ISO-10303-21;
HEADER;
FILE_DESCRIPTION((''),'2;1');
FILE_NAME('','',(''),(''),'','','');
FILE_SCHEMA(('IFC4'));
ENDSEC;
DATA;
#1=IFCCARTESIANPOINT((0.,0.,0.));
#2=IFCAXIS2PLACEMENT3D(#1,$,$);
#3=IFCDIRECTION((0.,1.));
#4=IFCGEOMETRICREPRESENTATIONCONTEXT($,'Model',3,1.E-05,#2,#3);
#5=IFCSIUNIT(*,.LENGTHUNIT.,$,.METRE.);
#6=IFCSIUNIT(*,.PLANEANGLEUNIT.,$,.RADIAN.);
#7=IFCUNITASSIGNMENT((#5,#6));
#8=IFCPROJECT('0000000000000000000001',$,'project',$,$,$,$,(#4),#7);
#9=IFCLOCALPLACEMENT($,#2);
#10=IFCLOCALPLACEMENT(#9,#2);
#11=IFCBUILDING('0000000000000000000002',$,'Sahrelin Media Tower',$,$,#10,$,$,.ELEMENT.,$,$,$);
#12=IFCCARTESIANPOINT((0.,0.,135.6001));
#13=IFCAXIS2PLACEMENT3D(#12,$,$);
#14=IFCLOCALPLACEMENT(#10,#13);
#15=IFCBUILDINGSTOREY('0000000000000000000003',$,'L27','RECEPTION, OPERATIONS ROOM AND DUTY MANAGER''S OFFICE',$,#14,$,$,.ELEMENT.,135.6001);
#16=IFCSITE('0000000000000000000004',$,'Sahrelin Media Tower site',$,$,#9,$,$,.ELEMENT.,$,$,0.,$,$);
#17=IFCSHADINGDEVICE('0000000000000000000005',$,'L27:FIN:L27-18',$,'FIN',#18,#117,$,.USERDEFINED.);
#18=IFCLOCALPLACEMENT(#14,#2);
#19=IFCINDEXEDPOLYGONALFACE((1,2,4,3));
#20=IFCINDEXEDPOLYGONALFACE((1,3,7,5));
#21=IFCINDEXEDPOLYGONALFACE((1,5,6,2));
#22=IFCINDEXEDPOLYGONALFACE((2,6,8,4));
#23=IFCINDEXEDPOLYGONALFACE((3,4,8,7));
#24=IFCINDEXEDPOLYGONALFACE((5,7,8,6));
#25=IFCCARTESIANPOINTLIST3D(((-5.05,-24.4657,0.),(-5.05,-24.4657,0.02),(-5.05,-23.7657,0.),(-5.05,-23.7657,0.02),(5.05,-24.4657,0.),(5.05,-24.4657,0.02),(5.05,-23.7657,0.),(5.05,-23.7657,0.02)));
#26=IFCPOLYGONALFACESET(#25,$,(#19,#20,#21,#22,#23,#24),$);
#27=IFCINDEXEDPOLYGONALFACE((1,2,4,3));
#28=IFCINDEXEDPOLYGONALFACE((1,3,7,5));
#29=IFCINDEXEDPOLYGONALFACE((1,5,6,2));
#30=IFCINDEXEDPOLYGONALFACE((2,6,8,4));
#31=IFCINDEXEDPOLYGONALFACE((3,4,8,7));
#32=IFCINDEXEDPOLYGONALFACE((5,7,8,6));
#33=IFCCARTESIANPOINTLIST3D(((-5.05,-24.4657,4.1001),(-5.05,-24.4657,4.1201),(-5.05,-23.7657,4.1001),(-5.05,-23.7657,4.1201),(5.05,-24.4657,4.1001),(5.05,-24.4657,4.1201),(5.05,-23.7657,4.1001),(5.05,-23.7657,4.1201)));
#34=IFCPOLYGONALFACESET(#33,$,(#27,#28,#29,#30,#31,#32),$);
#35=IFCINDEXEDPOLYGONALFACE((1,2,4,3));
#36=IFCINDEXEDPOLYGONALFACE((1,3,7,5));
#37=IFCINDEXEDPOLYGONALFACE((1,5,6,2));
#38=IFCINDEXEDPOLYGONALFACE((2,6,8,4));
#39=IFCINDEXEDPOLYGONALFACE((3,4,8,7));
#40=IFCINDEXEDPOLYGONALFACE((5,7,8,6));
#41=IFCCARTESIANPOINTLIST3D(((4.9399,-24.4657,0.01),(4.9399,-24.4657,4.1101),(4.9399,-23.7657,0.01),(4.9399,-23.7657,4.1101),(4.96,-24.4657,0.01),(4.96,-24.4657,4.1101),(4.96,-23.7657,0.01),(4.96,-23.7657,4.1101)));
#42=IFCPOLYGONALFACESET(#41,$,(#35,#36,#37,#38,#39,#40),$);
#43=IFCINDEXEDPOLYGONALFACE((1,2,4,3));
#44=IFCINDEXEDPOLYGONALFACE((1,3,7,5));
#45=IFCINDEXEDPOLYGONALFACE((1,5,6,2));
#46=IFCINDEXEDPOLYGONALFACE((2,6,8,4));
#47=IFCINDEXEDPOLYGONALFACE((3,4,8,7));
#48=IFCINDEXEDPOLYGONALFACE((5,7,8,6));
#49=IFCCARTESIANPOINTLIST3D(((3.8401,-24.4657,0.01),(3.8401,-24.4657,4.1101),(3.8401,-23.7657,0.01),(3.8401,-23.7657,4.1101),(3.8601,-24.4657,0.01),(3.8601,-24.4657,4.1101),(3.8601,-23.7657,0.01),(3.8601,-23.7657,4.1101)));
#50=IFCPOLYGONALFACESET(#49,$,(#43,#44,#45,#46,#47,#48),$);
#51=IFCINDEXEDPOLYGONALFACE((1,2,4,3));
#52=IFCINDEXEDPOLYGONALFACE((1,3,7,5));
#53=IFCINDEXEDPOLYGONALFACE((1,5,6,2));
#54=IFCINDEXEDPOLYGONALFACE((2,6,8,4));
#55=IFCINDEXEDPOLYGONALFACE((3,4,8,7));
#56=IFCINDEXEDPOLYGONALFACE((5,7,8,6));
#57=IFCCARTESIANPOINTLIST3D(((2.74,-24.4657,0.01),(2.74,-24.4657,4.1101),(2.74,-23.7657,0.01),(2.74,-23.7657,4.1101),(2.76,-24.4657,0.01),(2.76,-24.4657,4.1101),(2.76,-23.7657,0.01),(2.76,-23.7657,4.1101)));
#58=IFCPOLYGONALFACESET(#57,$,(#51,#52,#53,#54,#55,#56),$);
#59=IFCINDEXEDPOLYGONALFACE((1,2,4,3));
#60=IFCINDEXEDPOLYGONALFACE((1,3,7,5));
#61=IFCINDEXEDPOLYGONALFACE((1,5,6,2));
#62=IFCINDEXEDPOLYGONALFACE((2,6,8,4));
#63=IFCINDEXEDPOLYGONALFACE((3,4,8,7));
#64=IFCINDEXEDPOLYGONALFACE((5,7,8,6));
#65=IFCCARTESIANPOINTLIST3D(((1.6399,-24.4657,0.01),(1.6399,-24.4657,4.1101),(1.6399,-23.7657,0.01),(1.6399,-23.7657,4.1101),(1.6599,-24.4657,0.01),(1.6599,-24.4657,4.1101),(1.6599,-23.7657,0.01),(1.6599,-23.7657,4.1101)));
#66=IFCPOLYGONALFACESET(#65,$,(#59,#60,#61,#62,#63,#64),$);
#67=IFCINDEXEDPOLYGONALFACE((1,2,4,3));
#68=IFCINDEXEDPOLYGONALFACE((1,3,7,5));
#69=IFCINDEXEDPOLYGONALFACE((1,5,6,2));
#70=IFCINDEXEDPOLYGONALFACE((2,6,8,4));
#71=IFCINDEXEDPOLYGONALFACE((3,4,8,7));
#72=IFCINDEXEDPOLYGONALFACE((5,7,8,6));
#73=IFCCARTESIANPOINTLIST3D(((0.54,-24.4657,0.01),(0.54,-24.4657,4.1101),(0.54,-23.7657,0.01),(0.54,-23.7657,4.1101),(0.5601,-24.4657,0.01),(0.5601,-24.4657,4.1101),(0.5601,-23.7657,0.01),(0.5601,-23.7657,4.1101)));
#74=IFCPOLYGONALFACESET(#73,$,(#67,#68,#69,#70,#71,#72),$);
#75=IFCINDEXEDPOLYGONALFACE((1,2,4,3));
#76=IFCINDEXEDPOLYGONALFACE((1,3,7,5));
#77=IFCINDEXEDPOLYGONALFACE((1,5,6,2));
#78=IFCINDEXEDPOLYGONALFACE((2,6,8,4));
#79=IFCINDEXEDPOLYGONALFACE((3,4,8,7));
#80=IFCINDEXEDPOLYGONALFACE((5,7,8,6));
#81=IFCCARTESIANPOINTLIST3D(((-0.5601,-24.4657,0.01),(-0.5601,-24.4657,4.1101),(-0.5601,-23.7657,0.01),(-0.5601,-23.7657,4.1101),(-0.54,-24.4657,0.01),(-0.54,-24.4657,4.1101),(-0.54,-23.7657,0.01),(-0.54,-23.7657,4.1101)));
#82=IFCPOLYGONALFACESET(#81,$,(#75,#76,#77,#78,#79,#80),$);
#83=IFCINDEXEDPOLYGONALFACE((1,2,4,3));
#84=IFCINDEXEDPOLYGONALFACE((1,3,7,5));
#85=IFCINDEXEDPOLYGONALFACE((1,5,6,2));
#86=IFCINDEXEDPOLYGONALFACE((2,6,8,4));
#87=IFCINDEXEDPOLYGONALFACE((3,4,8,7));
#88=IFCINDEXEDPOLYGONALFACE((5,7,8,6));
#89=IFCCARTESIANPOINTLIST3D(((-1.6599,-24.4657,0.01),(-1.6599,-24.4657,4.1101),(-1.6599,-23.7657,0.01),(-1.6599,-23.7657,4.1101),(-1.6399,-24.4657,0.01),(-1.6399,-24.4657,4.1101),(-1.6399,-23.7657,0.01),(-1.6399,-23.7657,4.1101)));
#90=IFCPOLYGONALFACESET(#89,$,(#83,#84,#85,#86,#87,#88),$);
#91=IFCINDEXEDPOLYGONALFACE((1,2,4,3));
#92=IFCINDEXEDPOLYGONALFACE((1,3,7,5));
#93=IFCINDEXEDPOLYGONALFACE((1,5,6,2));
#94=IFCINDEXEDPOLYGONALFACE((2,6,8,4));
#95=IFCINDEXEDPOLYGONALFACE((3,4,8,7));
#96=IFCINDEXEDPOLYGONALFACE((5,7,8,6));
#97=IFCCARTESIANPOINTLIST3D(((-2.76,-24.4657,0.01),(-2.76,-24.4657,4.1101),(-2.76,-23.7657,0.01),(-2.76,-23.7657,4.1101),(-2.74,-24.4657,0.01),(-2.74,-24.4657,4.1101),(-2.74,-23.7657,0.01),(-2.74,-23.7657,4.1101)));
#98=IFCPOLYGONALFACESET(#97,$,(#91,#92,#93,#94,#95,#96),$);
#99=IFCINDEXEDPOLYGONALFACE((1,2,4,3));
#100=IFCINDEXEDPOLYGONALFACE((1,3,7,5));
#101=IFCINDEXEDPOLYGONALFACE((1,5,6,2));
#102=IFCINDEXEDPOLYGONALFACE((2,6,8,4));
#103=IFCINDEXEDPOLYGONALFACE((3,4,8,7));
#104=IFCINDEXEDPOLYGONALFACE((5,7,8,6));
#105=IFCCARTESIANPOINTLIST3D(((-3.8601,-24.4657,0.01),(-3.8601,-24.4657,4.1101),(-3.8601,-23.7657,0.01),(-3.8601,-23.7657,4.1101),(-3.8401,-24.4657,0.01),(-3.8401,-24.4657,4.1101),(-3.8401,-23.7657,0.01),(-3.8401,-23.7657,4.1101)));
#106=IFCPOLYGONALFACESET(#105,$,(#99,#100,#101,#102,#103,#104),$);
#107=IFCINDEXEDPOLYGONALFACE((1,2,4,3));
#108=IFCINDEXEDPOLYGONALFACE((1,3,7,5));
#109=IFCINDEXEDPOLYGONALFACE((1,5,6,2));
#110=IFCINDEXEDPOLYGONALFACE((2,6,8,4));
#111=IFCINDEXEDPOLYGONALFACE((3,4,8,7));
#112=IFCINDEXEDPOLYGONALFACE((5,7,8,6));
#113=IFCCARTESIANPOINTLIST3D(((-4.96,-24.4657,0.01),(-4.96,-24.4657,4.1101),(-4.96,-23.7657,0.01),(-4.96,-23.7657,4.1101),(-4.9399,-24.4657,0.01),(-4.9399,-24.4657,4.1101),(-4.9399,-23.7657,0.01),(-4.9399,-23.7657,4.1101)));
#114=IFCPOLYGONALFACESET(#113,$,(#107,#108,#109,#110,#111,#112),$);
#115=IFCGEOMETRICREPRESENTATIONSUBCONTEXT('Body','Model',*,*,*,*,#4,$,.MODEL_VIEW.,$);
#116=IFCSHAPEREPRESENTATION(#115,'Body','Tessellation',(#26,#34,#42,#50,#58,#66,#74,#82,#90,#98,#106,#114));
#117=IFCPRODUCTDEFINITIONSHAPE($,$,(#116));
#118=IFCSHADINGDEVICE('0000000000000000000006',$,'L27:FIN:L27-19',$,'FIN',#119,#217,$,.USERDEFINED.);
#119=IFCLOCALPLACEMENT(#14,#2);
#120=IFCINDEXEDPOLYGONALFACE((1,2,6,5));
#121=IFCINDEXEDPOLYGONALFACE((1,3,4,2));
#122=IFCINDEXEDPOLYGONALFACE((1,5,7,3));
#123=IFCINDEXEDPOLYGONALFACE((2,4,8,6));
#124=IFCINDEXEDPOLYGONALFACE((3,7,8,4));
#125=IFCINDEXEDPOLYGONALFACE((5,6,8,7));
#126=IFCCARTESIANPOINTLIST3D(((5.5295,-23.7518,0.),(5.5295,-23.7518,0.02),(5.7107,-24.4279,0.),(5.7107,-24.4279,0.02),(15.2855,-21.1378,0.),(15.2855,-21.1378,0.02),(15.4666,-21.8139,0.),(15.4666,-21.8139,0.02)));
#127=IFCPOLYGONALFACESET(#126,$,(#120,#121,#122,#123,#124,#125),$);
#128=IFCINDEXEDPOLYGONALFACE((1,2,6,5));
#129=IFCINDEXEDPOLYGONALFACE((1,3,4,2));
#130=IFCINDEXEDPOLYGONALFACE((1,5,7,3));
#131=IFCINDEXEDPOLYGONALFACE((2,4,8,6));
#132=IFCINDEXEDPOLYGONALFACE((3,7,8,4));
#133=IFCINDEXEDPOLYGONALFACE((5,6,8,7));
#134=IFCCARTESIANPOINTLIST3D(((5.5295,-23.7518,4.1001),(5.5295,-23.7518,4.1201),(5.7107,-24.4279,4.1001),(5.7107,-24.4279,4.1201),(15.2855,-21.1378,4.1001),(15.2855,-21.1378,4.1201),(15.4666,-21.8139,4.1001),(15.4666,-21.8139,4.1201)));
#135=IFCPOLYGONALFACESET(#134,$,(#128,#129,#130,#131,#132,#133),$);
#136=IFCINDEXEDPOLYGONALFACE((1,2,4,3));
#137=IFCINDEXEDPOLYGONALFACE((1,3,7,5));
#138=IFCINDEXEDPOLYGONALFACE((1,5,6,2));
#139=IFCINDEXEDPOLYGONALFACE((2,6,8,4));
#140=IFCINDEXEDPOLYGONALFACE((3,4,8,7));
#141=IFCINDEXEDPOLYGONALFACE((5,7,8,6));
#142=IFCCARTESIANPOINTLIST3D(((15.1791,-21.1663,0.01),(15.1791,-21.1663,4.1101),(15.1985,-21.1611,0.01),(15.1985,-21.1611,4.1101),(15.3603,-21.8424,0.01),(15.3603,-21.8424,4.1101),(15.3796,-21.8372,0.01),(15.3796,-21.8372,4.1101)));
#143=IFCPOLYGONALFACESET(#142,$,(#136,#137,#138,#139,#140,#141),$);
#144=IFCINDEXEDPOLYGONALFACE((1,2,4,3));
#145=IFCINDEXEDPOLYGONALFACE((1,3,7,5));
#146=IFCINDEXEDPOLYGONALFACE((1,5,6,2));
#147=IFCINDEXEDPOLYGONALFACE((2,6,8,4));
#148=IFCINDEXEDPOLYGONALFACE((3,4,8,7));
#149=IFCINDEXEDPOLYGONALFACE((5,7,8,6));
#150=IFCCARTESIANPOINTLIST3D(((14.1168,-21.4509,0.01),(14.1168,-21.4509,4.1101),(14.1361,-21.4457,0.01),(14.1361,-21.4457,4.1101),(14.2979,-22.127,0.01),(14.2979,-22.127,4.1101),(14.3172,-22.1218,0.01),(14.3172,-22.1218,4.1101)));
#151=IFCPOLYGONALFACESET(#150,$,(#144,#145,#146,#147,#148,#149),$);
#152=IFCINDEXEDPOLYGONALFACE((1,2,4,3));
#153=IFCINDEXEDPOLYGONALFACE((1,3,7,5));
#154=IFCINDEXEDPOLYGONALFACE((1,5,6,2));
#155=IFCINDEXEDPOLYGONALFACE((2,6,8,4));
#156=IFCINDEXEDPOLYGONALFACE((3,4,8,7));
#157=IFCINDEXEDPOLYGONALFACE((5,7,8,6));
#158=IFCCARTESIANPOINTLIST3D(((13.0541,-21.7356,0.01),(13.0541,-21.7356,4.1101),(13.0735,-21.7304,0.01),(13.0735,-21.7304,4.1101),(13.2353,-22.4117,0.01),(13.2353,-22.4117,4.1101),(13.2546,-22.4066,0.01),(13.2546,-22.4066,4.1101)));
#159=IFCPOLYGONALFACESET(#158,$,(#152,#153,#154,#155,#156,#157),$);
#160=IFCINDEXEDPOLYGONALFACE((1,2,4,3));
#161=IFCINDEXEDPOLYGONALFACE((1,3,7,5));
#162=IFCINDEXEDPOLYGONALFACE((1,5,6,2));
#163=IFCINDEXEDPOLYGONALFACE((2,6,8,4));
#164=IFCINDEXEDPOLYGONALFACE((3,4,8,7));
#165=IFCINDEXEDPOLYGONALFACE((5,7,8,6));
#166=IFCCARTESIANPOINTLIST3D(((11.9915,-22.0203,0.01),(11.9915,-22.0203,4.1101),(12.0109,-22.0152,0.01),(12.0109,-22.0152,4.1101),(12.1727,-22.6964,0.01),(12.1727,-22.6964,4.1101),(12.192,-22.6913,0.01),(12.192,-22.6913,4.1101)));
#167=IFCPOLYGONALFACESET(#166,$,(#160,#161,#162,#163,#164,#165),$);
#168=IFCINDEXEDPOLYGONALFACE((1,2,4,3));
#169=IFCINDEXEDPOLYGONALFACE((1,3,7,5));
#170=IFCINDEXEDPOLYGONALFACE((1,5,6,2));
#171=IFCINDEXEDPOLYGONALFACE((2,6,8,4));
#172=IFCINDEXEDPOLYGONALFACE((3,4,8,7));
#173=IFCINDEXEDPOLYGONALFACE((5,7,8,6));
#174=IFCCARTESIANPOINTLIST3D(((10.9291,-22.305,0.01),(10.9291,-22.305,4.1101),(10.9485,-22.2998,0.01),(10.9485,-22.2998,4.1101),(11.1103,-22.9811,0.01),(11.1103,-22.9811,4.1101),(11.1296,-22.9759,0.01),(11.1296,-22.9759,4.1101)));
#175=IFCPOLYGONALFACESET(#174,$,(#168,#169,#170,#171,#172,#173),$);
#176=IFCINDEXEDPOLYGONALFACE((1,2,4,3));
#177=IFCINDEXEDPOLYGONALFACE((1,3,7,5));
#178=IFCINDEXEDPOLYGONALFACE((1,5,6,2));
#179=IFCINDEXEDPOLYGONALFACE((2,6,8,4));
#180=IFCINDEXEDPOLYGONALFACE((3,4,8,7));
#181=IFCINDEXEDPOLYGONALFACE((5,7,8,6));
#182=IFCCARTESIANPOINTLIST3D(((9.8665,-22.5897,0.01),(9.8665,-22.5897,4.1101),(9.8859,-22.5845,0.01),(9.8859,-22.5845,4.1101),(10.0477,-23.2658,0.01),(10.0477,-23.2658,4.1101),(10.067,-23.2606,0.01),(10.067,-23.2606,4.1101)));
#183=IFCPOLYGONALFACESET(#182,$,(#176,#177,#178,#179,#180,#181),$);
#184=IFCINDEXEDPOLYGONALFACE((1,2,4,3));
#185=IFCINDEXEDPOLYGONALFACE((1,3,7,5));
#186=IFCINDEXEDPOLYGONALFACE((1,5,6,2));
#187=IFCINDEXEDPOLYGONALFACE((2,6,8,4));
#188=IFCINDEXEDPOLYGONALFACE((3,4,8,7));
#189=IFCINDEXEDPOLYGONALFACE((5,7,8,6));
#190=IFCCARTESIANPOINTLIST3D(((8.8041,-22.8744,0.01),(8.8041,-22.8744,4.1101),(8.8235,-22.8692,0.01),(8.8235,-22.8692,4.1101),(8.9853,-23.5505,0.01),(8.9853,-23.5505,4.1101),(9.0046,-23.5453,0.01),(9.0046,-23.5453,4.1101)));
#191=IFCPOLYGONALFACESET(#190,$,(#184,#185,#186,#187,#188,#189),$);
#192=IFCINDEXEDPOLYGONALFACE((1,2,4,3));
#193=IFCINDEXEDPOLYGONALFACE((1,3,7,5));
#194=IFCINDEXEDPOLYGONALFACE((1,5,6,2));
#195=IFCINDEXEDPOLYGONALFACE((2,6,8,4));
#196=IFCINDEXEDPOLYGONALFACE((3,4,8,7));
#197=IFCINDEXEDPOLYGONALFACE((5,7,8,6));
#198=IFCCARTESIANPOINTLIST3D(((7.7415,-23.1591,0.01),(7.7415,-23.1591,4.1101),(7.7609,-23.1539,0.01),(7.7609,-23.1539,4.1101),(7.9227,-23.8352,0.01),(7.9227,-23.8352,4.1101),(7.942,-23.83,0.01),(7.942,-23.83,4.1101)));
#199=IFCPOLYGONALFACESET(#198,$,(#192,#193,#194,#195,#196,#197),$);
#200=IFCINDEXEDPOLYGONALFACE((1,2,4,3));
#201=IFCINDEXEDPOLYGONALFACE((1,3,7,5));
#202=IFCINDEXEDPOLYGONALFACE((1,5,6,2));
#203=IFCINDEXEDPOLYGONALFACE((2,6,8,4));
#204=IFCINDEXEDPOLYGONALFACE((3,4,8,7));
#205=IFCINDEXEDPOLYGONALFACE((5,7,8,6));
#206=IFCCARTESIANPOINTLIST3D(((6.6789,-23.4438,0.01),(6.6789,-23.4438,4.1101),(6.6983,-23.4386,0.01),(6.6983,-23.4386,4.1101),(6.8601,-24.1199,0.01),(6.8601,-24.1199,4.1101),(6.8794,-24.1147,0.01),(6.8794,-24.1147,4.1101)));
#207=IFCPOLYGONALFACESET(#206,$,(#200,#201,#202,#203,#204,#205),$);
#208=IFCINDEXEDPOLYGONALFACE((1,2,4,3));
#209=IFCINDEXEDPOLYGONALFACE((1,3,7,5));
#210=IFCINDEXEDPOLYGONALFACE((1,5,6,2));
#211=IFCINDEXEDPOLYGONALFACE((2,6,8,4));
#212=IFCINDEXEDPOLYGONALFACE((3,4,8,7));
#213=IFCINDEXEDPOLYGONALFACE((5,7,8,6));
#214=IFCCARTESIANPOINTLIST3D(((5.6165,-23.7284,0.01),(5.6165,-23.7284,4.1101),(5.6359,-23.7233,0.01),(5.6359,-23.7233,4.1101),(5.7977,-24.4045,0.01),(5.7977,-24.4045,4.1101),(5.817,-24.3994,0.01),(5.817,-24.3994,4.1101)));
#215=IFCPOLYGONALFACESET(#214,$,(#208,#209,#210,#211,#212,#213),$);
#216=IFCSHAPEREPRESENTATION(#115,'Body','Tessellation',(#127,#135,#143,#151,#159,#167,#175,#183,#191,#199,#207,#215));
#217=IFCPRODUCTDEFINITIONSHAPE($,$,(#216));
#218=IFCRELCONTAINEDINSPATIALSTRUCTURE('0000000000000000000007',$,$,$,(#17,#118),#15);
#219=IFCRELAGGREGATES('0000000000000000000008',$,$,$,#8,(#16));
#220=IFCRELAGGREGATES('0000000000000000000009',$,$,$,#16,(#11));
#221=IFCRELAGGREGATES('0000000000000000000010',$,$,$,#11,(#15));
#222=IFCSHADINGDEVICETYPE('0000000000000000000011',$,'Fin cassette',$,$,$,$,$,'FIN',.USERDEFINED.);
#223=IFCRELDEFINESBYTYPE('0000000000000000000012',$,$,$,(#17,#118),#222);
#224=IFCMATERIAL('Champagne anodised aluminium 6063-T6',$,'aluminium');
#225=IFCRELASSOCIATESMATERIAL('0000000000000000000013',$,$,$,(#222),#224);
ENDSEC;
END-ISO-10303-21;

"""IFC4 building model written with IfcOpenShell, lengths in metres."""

from ifc_helpers import new_model, si_unit, direction, frame, origin, origin_2d, place, context, subcontext, project, spatial, rectangle, extrude, material, type_object, element, save


model = new_model("IFC4")

# Units and contexts
model_context = context("Model", 3, precision=1e-05, world=origin(), true_north=direction((0.0, 1.0)))
body_context = subcontext(model_context, "Body", "Model", "MODEL_VIEW")
ifc_project = project(units=[si_unit("LENGTHUNIT", "METRE"), si_unit("PLANEANGLEUNIT", "RADIAN")], contexts=[model_context])

# Site, building, storey
site_placement = place(None, origin())
site = spatial("IfcSite", under=ifc_project, at=site_placement, Name="Sahrelin Media Tower site", CompositionType="ELEMENT", RefElevation=0.0)
building_placement = place(site_placement, origin())
building = spatial("IfcBuilding", under=site, at=building_placement, Name="Sahrelin Media Tower", CompositionType="ELEMENT")
storey_placement = place(building_placement, frame((0.0, 0.0, 135.6001)))
storey = spatial("IfcBuildingStorey", under=building, at=storey_placement, Name="L27", Description="RECEPTION, OPERATIONS ROOM AND DUTY MANAGER'S OFFICE", CompositionType="ELEMENT", Elevation=135.6001)

# Shared definitions
ifc_material_1 = material(Name="Champagne anodised aluminium 6063-T6", Category="aluminium")

# Shading devices
shading_device_type_1 = type_object("IfcShadingDeviceType", Name="Fin cassette", ElementType="FIN", PredefinedType="USERDEFINED", material=ifc_material_1)
placement_1 = place(storey_placement, frame((0.0, -23.6958, 0.0), z_axis=(0.0, 0.0, 1.0), x_axis=(-1.0, 0.0, 0.0)))
element("IfcShadingDevice", 1, at=placement_1, inside=storey, type_object=shading_device_type_1, Name="L27:FIN:L27-18", ObjectType="FIN", PredefinedType="USERDEFINED", context=body_context, shape_type="SweptSolid", body=[
    extrude(rectangle(XDim=10.1001, YDim=0.7, at=origin_2d()), frame((0.0, 0.4199, 0.0)), (0.0, 0.0, 1.0), 0.02),
    extrude(rectangle(XDim=10.1001, YDim=0.7, at=origin_2d()), frame((0.0, 0.4199, 4.1001)), (0.0, 0.0, 1.0), 0.02),
    extrude(rectangle(XDim=0.02, YDim=0.7, at=origin_2d()), frame((-4.95, 0.4199, 0.01), z_axis=(0.0, 0.0, 1.0), x_axis=(1.0, 0.0, 0.0)), (0.0, 0.0, 1.0), 4.1001),
    extrude(rectangle(XDim=0.02, YDim=0.7, at=origin_2d()), frame((-3.8501, 0.4199, 0.01), z_axis=(0.0, 0.0, 1.0), x_axis=(1.0, 0.0, 0.0)), (0.0, 0.0, 1.0), 4.1001),
    extrude(rectangle(XDim=0.02, YDim=0.7, at=origin_2d()), frame((-2.75, 0.4199, 0.01), z_axis=(0.0, 0.0, 1.0), x_axis=(1.0, 0.0, 0.0)), (0.0, 0.0, 1.0), 4.1001),
    extrude(rectangle(XDim=0.02, YDim=0.7, at=origin_2d()), frame((-1.6499, 0.4199, 0.01), z_axis=(0.0, 0.0, 1.0), x_axis=(1.0, 0.0, 0.0)), (0.0, 0.0, 1.0), 4.1001),
    extrude(rectangle(XDim=0.02, YDim=0.7, at=origin_2d()), frame((-0.55, 0.4199, 0.01), z_axis=(0.0, 0.0, 1.0), x_axis=(1.0, 0.0, 0.0)), (0.0, 0.0, 1.0), 4.1001),
    extrude(rectangle(XDim=0.02, YDim=0.7, at=origin_2d()), frame((0.55, 0.4199, 0.01), z_axis=(0.0, 0.0, 1.0), x_axis=(1.0, 0.0, 0.0)), (0.0, 0.0, 1.0), 4.1001),
    extrude(rectangle(XDim=0.02, YDim=0.7, at=origin_2d()), frame((1.6499, 0.4199, 0.01), z_axis=(0.0, 0.0, 1.0), x_axis=(1.0, 0.0, 0.0)), (0.0, 0.0, 1.0), 4.1001),
    extrude(rectangle(XDim=0.02, YDim=0.7, at=origin_2d()), frame((2.75, 0.4199, 0.01), z_axis=(0.0, 0.0, 1.0), x_axis=(1.0, 0.0, 0.0)), (0.0, 0.0, 1.0), 4.1001),
    extrude(rectangle(XDim=0.02, YDim=0.7, at=origin_2d()), frame((3.8501, 0.4199, 0.01), z_axis=(0.0, 0.0, 1.0), x_axis=(1.0, 0.0, 0.0)), (0.0, 0.0, 1.0), 4.1001),
    extrude(rectangle(XDim=0.02, YDim=0.7, at=origin_2d()), frame((4.95, 0.4199, 0.01), z_axis=(0.0, 0.0, 1.0), x_axis=(1.0, 0.0, 0.0)), (0.0, 0.0, 1.0), 4.1001),
])
placement_2 = place(storey_placement, frame((10.3894, -22.3772, 0.0), z_axis=(0.0, 0.0, 1.0), x_axis=(-0.965929, -0.258808, 0.0)))
element("IfcShadingDevice", 2, at=placement_2, inside=storey, type_object=shading_device_type_1, Name="L27:FIN:L27-19", ObjectType="FIN", PredefinedType="USERDEFINED", context=body_context, shape_type="SweptSolid", body=[
    extrude(rectangle(XDim=10.1001, YDim=0.7, at=origin_2d()), frame((0.0, 0.4199, 0.0)), (0.0, 0.0, 1.0), 0.02),
    extrude(rectangle(XDim=10.1001, YDim=0.7, at=origin_2d()), frame((0.0, 0.4199, 4.1001)), (0.0, 0.0, 1.0), 0.02),
    extrude(rectangle(XDim=0.02, YDim=0.7, at=origin_2d()), frame((-4.95, 0.4199, 0.01), z_axis=(0.0, 0.0, 1.0), x_axis=(1.0, 0.0, 0.0)), (0.0, 0.0, 1.0), 4.1001),
    extrude(rectangle(XDim=0.02, YDim=0.7, at=origin_2d()), frame((-3.8501, 0.4199, 0.01), z_axis=(0.0, 0.0, 1.0), x_axis=(1.0, 0.0, 0.0)), (0.0, 0.0, 1.0), 4.1001),
    extrude(rectangle(XDim=0.02, YDim=0.7, at=origin_2d()), frame((-2.75, 0.4199, 0.01), z_axis=(0.0, 0.0, 1.0), x_axis=(1.0, 0.0, 0.0)), (0.0, 0.0, 1.0), 4.1001),
    extrude(rectangle(XDim=0.02, YDim=0.7, at=origin_2d()), frame((-1.6499, 0.4199, 0.01), z_axis=(0.0, 0.0, 1.0), x_axis=(1.0, 0.0, 0.0)), (0.0, 0.0, 1.0), 4.1001),
    extrude(rectangle(XDim=0.02, YDim=0.7, at=origin_2d()), frame((-0.55, 0.4199, 0.01), z_axis=(0.0, 0.0, 1.0), x_axis=(1.0, 0.0, 0.0)), (0.0, 0.0, 1.0), 4.1001),
    extrude(rectangle(XDim=0.02, YDim=0.7, at=origin_2d()), frame((0.55, 0.4199, 0.01), z_axis=(0.0, 0.0, 1.0), x_axis=(1.0, 0.0, 0.0)), (0.0, 0.0, 1.0), 4.1001),
    extrude(rectangle(XDim=0.02, YDim=0.7, at=origin_2d()), frame((1.6499, 0.4199, 0.01), z_axis=(0.0, 0.0, 1.0), x_axis=(1.0, 0.0, 0.0)), (0.0, 0.0, 1.0), 4.1001),
    extrude(rectangle(XDim=0.02, YDim=0.7, at=origin_2d()), frame((2.75, 0.4199, 0.01), z_axis=(0.0, 0.0, 1.0), x_axis=(1.0, 0.0, 0.0)), (0.0, 0.0, 1.0), 4.1001),
    extrude(rectangle(XDim=0.02, YDim=0.7, at=origin_2d()), frame((3.8501, 0.4199, 0.01), z_axis=(0.0, 0.0, 1.0), x_axis=(1.0, 0.0, 0.0)), (0.0, 0.0, 1.0), 4.1001),
    extrude(rectangle(XDim=0.02, YDim=0.7, at=origin_2d()), frame((4.95, 0.4199, 0.01), z_axis=(0.0, 0.0, 1.0), x_axis=(1.0, 0.0, 0.0)), (0.0, 0.0, 1.0), 4.1001),
])

save(model, "model.ifc")
